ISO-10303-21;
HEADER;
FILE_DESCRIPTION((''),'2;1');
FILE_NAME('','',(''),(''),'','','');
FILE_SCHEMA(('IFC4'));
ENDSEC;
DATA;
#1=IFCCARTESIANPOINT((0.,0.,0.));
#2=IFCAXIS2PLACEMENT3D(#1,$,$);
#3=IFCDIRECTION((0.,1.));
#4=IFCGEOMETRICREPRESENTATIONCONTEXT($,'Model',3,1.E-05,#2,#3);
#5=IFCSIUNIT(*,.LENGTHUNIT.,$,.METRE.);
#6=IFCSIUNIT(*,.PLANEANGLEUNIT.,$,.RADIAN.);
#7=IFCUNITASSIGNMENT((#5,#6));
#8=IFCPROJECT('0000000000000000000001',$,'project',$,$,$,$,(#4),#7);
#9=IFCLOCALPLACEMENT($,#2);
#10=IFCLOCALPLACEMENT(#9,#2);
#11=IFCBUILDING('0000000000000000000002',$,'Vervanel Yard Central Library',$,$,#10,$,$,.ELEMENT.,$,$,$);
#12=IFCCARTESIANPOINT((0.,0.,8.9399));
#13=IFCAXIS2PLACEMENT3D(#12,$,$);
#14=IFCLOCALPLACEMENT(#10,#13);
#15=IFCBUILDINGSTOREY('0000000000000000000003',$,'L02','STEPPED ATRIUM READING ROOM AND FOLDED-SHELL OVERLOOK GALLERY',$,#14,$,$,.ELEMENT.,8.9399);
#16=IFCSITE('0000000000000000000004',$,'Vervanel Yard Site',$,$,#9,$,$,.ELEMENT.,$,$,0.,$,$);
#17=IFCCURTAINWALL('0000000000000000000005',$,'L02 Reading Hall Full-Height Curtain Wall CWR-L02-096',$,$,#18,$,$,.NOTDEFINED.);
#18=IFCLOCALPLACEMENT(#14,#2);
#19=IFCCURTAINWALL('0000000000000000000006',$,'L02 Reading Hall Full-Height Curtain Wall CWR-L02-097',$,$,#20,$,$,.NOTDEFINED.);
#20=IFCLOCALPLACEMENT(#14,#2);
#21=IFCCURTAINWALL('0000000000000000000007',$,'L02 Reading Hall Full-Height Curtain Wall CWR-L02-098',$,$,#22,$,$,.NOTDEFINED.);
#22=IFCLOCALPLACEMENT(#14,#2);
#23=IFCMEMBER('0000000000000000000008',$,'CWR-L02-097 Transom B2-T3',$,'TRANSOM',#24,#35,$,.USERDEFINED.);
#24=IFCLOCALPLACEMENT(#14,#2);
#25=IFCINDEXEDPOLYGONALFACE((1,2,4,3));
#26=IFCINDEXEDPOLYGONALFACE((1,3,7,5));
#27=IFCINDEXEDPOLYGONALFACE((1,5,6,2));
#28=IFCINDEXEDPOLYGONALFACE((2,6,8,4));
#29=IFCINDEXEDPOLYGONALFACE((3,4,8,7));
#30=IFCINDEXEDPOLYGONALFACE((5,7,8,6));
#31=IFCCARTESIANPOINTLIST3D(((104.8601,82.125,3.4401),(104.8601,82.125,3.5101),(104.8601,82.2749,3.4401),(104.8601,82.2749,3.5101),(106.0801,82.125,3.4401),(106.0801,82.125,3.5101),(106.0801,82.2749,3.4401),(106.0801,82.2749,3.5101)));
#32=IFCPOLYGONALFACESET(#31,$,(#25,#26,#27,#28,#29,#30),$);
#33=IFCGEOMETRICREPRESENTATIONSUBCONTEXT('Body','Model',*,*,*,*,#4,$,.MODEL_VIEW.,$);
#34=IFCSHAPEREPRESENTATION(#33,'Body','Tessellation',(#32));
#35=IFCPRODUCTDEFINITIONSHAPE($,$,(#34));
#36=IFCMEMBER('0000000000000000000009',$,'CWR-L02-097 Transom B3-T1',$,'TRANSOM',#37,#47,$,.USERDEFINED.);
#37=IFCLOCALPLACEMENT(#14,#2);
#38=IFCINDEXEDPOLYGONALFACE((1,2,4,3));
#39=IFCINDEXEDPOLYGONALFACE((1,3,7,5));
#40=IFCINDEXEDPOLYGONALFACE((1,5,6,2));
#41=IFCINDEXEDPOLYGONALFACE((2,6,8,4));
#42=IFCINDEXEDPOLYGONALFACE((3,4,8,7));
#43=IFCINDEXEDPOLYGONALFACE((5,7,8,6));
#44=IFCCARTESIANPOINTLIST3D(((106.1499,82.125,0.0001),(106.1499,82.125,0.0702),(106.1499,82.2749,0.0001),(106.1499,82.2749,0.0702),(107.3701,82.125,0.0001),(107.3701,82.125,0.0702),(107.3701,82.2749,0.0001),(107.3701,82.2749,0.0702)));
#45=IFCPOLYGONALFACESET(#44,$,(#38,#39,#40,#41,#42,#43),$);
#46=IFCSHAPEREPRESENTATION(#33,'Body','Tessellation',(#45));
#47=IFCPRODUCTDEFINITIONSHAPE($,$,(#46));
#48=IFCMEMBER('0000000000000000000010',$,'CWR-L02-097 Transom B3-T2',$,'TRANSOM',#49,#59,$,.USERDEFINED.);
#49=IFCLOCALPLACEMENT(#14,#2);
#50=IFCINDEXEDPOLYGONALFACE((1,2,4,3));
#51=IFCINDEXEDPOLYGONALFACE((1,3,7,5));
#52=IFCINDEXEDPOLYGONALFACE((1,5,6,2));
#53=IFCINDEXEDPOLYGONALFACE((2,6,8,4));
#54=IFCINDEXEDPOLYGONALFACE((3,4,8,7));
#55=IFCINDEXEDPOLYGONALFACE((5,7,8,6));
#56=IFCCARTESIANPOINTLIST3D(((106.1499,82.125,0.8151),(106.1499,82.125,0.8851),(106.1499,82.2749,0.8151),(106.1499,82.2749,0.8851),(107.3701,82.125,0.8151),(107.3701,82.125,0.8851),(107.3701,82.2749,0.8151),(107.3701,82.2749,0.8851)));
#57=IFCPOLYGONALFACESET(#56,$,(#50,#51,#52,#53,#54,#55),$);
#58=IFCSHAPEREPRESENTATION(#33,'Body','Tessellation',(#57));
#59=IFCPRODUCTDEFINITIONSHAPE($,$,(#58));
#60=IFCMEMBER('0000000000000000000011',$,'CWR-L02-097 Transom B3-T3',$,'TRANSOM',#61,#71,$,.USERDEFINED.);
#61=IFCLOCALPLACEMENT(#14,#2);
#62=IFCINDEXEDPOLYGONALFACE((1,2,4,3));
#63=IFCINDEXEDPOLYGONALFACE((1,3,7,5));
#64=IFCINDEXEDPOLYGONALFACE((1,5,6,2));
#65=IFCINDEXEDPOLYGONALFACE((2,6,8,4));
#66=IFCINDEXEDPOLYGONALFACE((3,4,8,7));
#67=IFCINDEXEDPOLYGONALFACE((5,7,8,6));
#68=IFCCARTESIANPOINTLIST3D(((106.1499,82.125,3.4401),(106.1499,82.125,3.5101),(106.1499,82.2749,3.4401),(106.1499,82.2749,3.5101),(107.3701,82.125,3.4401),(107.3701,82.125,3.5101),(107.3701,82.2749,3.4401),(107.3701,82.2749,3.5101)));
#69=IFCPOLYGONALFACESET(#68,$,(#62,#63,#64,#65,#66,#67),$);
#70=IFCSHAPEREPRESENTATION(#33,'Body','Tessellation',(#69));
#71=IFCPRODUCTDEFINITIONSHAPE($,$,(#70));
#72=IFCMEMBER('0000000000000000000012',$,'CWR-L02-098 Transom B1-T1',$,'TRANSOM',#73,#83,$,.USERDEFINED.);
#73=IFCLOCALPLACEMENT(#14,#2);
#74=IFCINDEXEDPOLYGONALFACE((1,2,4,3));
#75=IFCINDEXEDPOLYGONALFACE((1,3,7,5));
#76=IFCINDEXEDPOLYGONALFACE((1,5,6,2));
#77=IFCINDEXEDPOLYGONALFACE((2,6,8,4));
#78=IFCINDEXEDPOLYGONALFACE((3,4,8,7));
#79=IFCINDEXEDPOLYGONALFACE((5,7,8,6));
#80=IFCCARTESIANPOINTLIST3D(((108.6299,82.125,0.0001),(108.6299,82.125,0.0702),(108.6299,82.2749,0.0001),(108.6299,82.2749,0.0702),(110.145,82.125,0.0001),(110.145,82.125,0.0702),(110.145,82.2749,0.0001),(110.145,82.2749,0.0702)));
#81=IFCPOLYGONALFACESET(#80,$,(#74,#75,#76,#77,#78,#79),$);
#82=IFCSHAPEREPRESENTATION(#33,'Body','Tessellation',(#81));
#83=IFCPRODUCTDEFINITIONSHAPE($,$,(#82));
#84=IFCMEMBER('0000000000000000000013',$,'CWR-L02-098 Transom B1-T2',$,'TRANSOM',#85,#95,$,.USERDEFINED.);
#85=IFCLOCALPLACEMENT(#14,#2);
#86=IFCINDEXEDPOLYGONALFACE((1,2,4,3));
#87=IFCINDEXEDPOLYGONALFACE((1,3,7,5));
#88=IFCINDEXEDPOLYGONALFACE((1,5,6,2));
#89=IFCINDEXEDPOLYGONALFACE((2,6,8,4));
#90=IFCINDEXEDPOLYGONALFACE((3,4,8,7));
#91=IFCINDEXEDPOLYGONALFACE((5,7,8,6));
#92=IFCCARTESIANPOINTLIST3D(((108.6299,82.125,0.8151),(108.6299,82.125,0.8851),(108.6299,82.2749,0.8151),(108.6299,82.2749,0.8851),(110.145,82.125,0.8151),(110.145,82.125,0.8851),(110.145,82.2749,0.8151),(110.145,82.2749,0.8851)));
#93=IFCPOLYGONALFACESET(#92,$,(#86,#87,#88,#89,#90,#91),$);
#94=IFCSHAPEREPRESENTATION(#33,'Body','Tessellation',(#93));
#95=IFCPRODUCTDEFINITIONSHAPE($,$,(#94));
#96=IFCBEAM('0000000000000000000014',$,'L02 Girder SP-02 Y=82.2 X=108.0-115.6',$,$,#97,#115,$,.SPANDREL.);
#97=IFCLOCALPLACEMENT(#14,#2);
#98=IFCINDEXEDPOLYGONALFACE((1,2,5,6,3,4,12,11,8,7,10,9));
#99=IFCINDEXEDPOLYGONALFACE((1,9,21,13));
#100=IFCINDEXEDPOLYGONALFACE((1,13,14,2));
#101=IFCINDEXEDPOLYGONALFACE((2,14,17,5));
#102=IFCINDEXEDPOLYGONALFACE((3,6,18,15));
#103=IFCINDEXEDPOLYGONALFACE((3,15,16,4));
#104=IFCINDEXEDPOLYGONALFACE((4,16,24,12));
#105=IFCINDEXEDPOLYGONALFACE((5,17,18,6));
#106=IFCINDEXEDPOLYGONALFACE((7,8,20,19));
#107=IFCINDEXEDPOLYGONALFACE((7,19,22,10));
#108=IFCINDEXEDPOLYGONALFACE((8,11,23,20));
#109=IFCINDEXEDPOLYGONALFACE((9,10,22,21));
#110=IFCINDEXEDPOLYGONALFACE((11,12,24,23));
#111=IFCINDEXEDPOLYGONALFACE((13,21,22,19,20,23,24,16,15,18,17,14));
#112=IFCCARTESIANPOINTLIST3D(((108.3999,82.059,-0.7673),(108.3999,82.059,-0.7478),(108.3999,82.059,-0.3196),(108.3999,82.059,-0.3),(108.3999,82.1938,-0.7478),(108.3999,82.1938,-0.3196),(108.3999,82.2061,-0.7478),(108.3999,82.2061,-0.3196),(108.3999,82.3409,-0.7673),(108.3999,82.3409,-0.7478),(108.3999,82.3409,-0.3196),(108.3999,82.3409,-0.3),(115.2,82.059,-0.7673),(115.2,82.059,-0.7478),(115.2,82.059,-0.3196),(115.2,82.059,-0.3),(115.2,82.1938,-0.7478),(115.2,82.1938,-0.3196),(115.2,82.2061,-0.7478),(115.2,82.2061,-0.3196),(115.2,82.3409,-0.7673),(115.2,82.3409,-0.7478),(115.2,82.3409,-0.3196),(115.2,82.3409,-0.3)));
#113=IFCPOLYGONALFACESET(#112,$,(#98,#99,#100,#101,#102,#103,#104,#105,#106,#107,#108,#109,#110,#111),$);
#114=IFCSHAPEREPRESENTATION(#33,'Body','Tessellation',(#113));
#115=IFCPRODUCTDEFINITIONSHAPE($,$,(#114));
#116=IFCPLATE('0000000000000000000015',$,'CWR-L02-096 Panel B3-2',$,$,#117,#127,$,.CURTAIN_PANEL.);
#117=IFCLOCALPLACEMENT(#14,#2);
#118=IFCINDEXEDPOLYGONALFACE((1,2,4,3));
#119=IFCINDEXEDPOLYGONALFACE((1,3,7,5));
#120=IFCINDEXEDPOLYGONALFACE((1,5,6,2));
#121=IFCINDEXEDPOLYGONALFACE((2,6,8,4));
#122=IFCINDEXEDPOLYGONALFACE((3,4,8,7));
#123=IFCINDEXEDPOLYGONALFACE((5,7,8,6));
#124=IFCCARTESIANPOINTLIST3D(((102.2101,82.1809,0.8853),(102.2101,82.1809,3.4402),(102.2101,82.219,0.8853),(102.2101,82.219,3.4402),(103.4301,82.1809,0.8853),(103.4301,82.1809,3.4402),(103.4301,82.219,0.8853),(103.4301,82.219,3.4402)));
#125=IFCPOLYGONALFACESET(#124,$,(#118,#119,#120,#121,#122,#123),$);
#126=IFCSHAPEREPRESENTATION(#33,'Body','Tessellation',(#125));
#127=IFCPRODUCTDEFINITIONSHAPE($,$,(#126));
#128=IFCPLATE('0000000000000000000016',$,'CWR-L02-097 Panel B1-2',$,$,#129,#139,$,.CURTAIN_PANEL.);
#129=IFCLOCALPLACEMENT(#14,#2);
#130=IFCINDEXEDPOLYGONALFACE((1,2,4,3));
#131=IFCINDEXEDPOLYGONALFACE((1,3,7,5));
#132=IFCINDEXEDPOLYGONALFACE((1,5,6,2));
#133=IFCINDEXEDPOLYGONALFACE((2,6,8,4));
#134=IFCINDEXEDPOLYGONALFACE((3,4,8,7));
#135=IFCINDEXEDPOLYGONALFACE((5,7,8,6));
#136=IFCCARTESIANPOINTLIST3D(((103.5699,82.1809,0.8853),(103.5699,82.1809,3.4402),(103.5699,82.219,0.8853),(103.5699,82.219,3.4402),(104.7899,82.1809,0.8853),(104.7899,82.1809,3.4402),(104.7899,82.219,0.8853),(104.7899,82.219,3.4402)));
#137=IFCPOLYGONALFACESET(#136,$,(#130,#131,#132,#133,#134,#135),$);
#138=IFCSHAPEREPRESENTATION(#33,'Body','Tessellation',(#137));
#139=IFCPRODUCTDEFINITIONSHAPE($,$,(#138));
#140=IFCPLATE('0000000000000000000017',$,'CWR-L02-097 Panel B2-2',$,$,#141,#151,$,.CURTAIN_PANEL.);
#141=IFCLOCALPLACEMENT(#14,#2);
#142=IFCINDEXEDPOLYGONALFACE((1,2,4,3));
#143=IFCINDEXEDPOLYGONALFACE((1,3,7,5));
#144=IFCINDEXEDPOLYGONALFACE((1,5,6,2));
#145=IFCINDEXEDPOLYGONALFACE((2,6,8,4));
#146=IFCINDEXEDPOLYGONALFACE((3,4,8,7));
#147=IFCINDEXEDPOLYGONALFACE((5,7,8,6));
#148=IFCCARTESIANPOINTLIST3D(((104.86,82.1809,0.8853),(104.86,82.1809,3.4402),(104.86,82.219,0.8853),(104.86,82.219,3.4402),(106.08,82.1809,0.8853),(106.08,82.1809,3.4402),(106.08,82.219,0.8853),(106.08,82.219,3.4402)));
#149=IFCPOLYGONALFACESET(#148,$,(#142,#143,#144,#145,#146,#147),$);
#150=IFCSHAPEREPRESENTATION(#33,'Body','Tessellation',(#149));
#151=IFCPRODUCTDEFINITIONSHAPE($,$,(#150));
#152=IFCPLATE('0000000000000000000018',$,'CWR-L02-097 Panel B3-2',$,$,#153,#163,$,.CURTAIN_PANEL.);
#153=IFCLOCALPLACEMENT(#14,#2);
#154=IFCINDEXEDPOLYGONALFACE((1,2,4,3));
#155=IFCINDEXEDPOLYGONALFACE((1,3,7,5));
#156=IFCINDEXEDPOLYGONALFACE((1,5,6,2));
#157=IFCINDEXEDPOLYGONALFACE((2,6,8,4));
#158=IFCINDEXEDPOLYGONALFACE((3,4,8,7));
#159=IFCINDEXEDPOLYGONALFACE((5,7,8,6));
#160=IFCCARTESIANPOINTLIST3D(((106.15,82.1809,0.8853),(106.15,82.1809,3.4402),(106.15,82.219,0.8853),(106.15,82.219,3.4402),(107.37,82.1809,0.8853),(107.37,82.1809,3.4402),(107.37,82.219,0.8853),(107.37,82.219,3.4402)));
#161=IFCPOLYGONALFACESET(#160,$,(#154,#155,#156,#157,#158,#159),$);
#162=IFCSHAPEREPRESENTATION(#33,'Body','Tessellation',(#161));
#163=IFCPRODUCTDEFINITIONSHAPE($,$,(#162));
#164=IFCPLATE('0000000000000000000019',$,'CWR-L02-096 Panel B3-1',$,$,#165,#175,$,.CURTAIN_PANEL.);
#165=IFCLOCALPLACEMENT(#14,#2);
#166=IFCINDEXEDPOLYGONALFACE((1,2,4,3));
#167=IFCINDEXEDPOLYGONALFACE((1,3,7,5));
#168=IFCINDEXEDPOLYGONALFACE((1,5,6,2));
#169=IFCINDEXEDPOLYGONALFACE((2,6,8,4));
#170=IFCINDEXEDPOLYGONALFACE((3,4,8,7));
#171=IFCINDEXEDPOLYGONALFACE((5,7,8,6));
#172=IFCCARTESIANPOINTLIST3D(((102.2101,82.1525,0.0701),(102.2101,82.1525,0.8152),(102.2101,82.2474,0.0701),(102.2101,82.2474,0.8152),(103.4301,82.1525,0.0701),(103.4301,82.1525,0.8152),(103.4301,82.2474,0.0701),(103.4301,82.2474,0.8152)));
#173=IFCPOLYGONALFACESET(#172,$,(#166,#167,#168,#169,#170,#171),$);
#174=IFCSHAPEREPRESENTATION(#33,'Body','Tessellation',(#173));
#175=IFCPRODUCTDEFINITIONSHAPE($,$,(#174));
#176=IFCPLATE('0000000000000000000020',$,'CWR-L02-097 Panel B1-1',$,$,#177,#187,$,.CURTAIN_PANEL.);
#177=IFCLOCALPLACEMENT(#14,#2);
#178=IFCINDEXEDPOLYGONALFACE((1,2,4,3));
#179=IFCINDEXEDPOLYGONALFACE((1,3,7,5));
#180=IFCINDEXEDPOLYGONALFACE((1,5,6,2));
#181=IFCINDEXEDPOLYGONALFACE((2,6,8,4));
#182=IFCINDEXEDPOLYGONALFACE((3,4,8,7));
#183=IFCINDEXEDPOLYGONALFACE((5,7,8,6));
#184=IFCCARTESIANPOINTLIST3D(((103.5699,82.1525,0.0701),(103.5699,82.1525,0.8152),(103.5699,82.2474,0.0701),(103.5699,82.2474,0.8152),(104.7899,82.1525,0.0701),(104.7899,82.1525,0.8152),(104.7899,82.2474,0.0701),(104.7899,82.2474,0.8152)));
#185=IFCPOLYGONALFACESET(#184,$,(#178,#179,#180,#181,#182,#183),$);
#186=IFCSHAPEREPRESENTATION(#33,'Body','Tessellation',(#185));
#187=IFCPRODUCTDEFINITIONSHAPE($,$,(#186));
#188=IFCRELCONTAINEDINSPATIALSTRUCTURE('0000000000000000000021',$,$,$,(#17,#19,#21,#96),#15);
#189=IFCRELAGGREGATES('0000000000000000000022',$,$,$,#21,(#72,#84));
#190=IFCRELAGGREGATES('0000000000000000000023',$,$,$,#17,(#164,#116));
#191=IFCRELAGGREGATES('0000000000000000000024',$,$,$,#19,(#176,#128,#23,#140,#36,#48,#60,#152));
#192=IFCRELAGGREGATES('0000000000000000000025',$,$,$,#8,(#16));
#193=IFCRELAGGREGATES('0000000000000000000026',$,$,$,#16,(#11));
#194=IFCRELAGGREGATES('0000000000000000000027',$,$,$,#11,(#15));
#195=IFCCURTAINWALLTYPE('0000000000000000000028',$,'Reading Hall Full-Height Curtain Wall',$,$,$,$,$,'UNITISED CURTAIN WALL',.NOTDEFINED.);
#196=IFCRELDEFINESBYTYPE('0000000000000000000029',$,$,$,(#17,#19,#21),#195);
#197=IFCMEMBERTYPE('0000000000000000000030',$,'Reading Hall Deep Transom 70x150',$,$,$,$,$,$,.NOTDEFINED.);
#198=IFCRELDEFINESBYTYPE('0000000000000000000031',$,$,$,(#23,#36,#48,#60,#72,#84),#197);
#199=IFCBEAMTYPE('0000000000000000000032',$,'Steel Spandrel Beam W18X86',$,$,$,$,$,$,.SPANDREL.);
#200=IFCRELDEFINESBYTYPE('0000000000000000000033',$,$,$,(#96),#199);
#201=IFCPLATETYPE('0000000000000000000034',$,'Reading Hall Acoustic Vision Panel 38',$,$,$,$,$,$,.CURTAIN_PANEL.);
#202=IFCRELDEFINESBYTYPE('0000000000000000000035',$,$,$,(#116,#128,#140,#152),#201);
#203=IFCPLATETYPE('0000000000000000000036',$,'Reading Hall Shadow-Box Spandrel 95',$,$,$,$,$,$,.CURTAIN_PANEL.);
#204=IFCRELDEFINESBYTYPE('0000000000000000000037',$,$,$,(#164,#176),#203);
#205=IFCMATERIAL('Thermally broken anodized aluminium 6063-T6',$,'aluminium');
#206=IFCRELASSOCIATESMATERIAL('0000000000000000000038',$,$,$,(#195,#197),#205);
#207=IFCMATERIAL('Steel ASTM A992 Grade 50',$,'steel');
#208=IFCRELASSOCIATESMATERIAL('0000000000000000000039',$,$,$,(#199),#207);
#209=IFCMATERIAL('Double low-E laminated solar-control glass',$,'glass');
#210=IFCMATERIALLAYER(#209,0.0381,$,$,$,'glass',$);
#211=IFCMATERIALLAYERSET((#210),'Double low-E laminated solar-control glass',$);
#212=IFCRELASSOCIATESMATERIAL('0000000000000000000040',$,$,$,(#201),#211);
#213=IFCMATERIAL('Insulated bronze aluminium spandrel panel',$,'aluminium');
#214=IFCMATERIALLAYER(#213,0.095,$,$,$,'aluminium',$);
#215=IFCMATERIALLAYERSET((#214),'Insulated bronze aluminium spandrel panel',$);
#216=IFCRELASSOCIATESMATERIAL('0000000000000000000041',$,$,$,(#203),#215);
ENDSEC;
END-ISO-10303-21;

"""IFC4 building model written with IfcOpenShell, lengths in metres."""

from ifc_helpers import new_model, si_unit, direction, frame, origin, origin_2d, place, context, subcontext, project, spatial, rectangle, i_section, extrude, material, layer, layer_set, material_profile, profile_set, type_object, element, aggregate, save


model = new_model("IFC4")

# Units and contexts
model_context = context("Model", 3, precision=1e-05, world=origin(), true_north=direction((0.0, 1.0)))
body_context = subcontext(model_context, "Body", "Model", "MODEL_VIEW")
ifc_project = project(units=[si_unit("LENGTHUNIT", "METRE"), si_unit("PLANEANGLEUNIT", "RADIAN")], contexts=[model_context])

# Site, building, storey
site_placement = place(None, origin())
site = spatial("IfcSite", under=ifc_project, at=site_placement, Name="Vervanel Yard Site", CompositionType="ELEMENT", RefElevation=0.0)
building_placement = place(site_placement, origin())
building = spatial("IfcBuilding", under=site, at=building_placement, Name="Vervanel Yard Central Library", CompositionType="ELEMENT")
storey_placement = place(building_placement, frame((0.0, 0.0, 8.9399)))
storey = spatial("IfcBuildingStorey", under=building, at=storey_placement, Name="L02", Description="STEPPED ATRIUM READING ROOM AND FOLDED-SHELL OVERLOOK GALLERY", CompositionType="ELEMENT", Elevation=8.9399)

# Curtain wall
ifc_material_1 = material(Name="Thermally broken anodized aluminium 6063-T6", Category="aluminium")
curtain_wall_type = type_object("IfcCurtainWallType", Name="Reading Hall Full-Height Curtain Wall", ElementType="UNITISED CURTAIN WALL", PredefinedType="NOTDEFINED", material=ifc_material_1)
curtain_wall_1_placement = place(storey_placement, origin())
curtain_wall_1 = element("IfcCurtainWall", 1, at=curtain_wall_1_placement, inside=storey, type_object=curtain_wall_type, Name="L02 Reading Hall Full-Height Curtain Wall CWR-L02-096", PredefinedType="NOTDEFINED")

# Curtain wall
curtain_wall_2_placement = place(storey_placement, origin())
curtain_wall_2 = element("IfcCurtainWall", 2, at=curtain_wall_2_placement, inside=storey, type_object=curtain_wall_type, Name="L02 Reading Hall Full-Height Curtain Wall CWR-L02-097", PredefinedType="NOTDEFINED")

# Curtain wall
curtain_wall_3_placement = place(storey_placement, origin())
curtain_wall_3 = element("IfcCurtainWall", 3, at=curtain_wall_3_placement, inside=storey, type_object=curtain_wall_type, Name="L02 Reading Hall Full-Height Curtain Wall CWR-L02-098", PredefinedType="NOTDEFINED")

# Members
ifc_material_profile_1 = material_profile(ifc_material_1, rectangle(XDim=0.0701, YDim=0.1499, at=origin_2d()), Name="ALU 70x150", Category="aluminium")
ifc_profile_set_1 = profile_set([ifc_material_profile_1], Name="Thermally broken anodized aluminium 6063-T6")
member_type_1 = type_object("IfcMemberType", Name="Reading Hall Deep Transom 70x150", PredefinedType="NOTDEFINED", material=ifc_profile_set_1)
member_1_placement = place(storey_placement, frame((104.8601, 82.2, 3.4751), z_axis=(1.0, 0.0, 0.0), x_axis=(0.0, 0.0, 1.0)))
member_1 = element("IfcMember", 4, at=member_1_placement, type_object=member_type_1, Name="CWR-L02-097 Transom B2-T3", ObjectType="TRANSOM", PredefinedType="USERDEFINED", context=body_context, shape_type="SweptSolid", body=[
    extrude(rectangle(XDim=0.0701, YDim=0.1499, at=origin_2d()), origin(), (0.0, 0.0, 1.0), 1.22),
])
member_2_placement = place(storey_placement, frame((106.1499, 82.2, 0.0352), z_axis=(1.0, 0.0, 0.0), x_axis=(0.0, 0.0, 1.0)))
member_2 = element("IfcMember", 5, at=member_2_placement, type_object=member_type_1, Name="CWR-L02-097 Transom B3-T1", ObjectType="TRANSOM", PredefinedType="USERDEFINED", context=body_context, shape_type="SweptSolid", body=[
    extrude(rectangle(XDim=0.0701, YDim=0.1499, at=origin_2d()), origin(), (0.0, 0.0, 1.0), 1.2202),
])
member_3_placement = place(storey_placement, frame((106.1499, 82.2, 0.8501), z_axis=(1.0, 0.0, 0.0), x_axis=(0.0, 0.0, 1.0)))
member_3 = element("IfcMember", 6, at=member_3_placement, type_object=member_type_1, Name="CWR-L02-097 Transom B3-T2", ObjectType="TRANSOM", PredefinedType="USERDEFINED", context=body_context, shape_type="SweptSolid", body=[
    extrude(rectangle(XDim=0.0701, YDim=0.1499, at=origin_2d()), origin(), (0.0, 0.0, 1.0), 1.2202),
])
member_4_placement = place(storey_placement, frame((106.1499, 82.2, 3.4751), z_axis=(1.0, 0.0, 0.0), x_axis=(0.0, 0.0, 1.0)))
member_4 = element("IfcMember", 7, at=member_4_placement, type_object=member_type_1, Name="CWR-L02-097 Transom B3-T3", ObjectType="TRANSOM", PredefinedType="USERDEFINED", context=body_context, shape_type="SweptSolid", body=[
    extrude(rectangle(XDim=0.0701, YDim=0.1499, at=origin_2d()), origin(), (0.0, 0.0, 1.0), 1.2202),
])
member_5_placement = place(storey_placement, frame((108.6299, 82.2, 0.0352), z_axis=(1.0, 0.0, 0.0), x_axis=(0.0, 0.0, 1.0)))
member_5 = element("IfcMember", 8, at=member_5_placement, type_object=member_type_1, Name="CWR-L02-098 Transom B1-T1", ObjectType="TRANSOM", PredefinedType="USERDEFINED", context=body_context, shape_type="SweptSolid", body=[
    extrude(rectangle(XDim=0.0701, YDim=0.1499, at=origin_2d()), origin(), (0.0, 0.0, 1.0), 1.5151),
])
member_6_placement = place(storey_placement, frame((108.6299, 82.2, 0.8501), z_axis=(1.0, 0.0, 0.0), x_axis=(0.0, 0.0, 1.0)))
member_6 = element("IfcMember", 9, at=member_6_placement, type_object=member_type_1, Name="CWR-L02-098 Transom B1-T2", ObjectType="TRANSOM", PredefinedType="USERDEFINED", context=body_context, shape_type="SweptSolid", body=[
    extrude(rectangle(XDim=0.0701, YDim=0.1499, at=origin_2d()), origin(), (0.0, 0.0, 1.0), 1.5151),
])
aggregate(curtain_wall_3, [member_5, member_6])

# Beam
ifc_material_2 = material(Name="Steel ASTM A992 Grade 50", Category="steel")
ifc_material_profile_2 = material_profile(ifc_material_2, i_section(OverallWidth=0.282, OverallDepth=0.4673, WebThickness=0.0122, FlangeThickness=0.0195, at=origin_2d()), Name="W18X86", Category="steel")
ifc_profile_set_2 = profile_set([ifc_material_profile_2], Name="Steel ASTM A992 Grade 50")
beam_type = type_object("IfcBeamType", Name="Steel Spandrel Beam W18X86", PredefinedType="SPANDREL", material=ifc_profile_set_2)
beam_placement = place(storey_placement, frame((108.3999, 82.2, -0.5337), z_axis=(1.0, 0.0, 0.0), x_axis=(0.0, 1.0, 0.0)))
element("IfcBeam", 10, at=beam_placement, inside=storey, type_object=beam_type, Name="L02 Girder SP-02 Y=82.2 X=108.0-115.6", PredefinedType="SPANDREL", context=body_context, shape_type="SweptSolid", body=[
    extrude(i_section(OverallWidth=0.282, OverallDepth=0.4673, WebThickness=0.0122, FlangeThickness=0.0195, at=origin_2d()), origin(), (0.0, 0.0, 1.0), 6.8),
])

# Plates
ifc_material_3 = material(Name="Double low-E laminated solar-control glass", Category="glass")
ifc_layer_1 = layer(ifc_material_3, 0.0381, Category="glass")
ifc_layer_set_1 = layer_set([ifc_layer_1], Name="Double low-E laminated solar-control glass")
plate_type_1 = type_object("IfcPlateType", Name="Reading Hall Acoustic Vision Panel 38", PredefinedType="CURTAIN_PANEL", material=ifc_layer_set_1)
plate_1_placement = place(storey_placement, frame((102.8201, 82.2, 0.8853), z_axis=(0.0, 0.0, 1.0), x_axis=(1.0, 0.0, 0.0)))
plate_1 = element("IfcPlate", 11, at=plate_1_placement, type_object=plate_type_1, Name="CWR-L02-096 Panel B3-2", PredefinedType="CURTAIN_PANEL", context=body_context, shape_type="SweptSolid", body=[
    extrude(rectangle(XDim=1.22, YDim=0.0381, at=origin_2d()), origin(), (0.0, 0.0, 1.0), 2.5549),
])
plate_2_placement = place(storey_placement, frame((104.1799, 82.2, 0.8853), z_axis=(0.0, 0.0, 1.0), x_axis=(1.0, 0.0, 0.0)))
plate_2 = element("IfcPlate", 12, at=plate_2_placement, type_object=plate_type_1, Name="CWR-L02-097 Panel B1-2", PredefinedType="CURTAIN_PANEL", context=body_context, shape_type="SweptSolid", body=[
    extrude(rectangle(XDim=1.22, YDim=0.0381, at=origin_2d()), origin(), (0.0, 0.0, 1.0), 2.5549),
])
plate_3_placement = place(storey_placement, frame((105.47, 82.2, 0.8853), z_axis=(0.0, 0.0, 1.0), x_axis=(1.0, 0.0, 0.0)))
plate_3 = element("IfcPlate", 13, at=plate_3_placement, type_object=plate_type_1, Name="CWR-L02-097 Panel B2-2", PredefinedType="CURTAIN_PANEL", context=body_context, shape_type="SweptSolid", body=[
    extrude(rectangle(XDim=1.22, YDim=0.0381, at=origin_2d()), origin(), (0.0, 0.0, 1.0), 2.5549),
])
plate_4_placement = place(storey_placement, frame((106.76, 82.2, 0.8853), z_axis=(0.0, 0.0, 1.0), x_axis=(1.0, 0.0, 0.0)))
plate_4 = element("IfcPlate", 14, at=plate_4_placement, type_object=plate_type_1, Name="CWR-L02-097 Panel B3-2", PredefinedType="CURTAIN_PANEL", context=body_context, shape_type="SweptSolid", body=[
    extrude(rectangle(XDim=1.22, YDim=0.0381, at=origin_2d()), origin(), (0.0, 0.0, 1.0), 2.5549),
])
ifc_material_4 = material(Name="Insulated bronze aluminium spandrel panel", Category="aluminium")
ifc_layer_2 = layer(ifc_material_4, 0.095, Category="aluminium")
ifc_layer_set_2 = layer_set([ifc_layer_2], Name="Insulated bronze aluminium spandrel panel")
plate_type_2 = type_object("IfcPlateType", Name="Reading Hall Shadow-Box Spandrel 95", PredefinedType="CURTAIN_PANEL", material=ifc_layer_set_2)
plate_5_placement = place(storey_placement, frame((102.8201, 82.2, 0.0701), z_axis=(0.0, 0.0, 1.0), x_axis=(1.0, 0.0, 0.0)))
plate_5 = element("IfcPlate", 15, at=plate_5_placement, type_object=plate_type_2, Name="CWR-L02-096 Panel B3-1", PredefinedType="CURTAIN_PANEL", context=body_context, shape_type="SweptSolid", body=[
    extrude(rectangle(XDim=1.22, YDim=0.095, at=origin_2d()), origin(), (0.0, 0.0, 1.0), 0.7451),
])
aggregate(curtain_wall_1, [plate_5, plate_1])
plate_6_placement = place(storey_placement, frame((104.1799, 82.2, 0.0701), z_axis=(0.0, 0.0, 1.0), x_axis=(1.0, 0.0, 0.0)))
plate_6 = element("IfcPlate", 16, at=plate_6_placement, type_object=plate_type_2, Name="CWR-L02-097 Panel B1-1", PredefinedType="CURTAIN_PANEL", context=body_context, shape_type="SweptSolid", body=[
    extrude(rectangle(XDim=1.22, YDim=0.095, at=origin_2d()), origin(), (0.0, 0.0, 1.0), 0.7451),
])
aggregate(curtain_wall_2, [plate_6, plate_2, member_1, plate_3, member_2, member_3, member_4, plate_4])

save(model, "model.ifc")
